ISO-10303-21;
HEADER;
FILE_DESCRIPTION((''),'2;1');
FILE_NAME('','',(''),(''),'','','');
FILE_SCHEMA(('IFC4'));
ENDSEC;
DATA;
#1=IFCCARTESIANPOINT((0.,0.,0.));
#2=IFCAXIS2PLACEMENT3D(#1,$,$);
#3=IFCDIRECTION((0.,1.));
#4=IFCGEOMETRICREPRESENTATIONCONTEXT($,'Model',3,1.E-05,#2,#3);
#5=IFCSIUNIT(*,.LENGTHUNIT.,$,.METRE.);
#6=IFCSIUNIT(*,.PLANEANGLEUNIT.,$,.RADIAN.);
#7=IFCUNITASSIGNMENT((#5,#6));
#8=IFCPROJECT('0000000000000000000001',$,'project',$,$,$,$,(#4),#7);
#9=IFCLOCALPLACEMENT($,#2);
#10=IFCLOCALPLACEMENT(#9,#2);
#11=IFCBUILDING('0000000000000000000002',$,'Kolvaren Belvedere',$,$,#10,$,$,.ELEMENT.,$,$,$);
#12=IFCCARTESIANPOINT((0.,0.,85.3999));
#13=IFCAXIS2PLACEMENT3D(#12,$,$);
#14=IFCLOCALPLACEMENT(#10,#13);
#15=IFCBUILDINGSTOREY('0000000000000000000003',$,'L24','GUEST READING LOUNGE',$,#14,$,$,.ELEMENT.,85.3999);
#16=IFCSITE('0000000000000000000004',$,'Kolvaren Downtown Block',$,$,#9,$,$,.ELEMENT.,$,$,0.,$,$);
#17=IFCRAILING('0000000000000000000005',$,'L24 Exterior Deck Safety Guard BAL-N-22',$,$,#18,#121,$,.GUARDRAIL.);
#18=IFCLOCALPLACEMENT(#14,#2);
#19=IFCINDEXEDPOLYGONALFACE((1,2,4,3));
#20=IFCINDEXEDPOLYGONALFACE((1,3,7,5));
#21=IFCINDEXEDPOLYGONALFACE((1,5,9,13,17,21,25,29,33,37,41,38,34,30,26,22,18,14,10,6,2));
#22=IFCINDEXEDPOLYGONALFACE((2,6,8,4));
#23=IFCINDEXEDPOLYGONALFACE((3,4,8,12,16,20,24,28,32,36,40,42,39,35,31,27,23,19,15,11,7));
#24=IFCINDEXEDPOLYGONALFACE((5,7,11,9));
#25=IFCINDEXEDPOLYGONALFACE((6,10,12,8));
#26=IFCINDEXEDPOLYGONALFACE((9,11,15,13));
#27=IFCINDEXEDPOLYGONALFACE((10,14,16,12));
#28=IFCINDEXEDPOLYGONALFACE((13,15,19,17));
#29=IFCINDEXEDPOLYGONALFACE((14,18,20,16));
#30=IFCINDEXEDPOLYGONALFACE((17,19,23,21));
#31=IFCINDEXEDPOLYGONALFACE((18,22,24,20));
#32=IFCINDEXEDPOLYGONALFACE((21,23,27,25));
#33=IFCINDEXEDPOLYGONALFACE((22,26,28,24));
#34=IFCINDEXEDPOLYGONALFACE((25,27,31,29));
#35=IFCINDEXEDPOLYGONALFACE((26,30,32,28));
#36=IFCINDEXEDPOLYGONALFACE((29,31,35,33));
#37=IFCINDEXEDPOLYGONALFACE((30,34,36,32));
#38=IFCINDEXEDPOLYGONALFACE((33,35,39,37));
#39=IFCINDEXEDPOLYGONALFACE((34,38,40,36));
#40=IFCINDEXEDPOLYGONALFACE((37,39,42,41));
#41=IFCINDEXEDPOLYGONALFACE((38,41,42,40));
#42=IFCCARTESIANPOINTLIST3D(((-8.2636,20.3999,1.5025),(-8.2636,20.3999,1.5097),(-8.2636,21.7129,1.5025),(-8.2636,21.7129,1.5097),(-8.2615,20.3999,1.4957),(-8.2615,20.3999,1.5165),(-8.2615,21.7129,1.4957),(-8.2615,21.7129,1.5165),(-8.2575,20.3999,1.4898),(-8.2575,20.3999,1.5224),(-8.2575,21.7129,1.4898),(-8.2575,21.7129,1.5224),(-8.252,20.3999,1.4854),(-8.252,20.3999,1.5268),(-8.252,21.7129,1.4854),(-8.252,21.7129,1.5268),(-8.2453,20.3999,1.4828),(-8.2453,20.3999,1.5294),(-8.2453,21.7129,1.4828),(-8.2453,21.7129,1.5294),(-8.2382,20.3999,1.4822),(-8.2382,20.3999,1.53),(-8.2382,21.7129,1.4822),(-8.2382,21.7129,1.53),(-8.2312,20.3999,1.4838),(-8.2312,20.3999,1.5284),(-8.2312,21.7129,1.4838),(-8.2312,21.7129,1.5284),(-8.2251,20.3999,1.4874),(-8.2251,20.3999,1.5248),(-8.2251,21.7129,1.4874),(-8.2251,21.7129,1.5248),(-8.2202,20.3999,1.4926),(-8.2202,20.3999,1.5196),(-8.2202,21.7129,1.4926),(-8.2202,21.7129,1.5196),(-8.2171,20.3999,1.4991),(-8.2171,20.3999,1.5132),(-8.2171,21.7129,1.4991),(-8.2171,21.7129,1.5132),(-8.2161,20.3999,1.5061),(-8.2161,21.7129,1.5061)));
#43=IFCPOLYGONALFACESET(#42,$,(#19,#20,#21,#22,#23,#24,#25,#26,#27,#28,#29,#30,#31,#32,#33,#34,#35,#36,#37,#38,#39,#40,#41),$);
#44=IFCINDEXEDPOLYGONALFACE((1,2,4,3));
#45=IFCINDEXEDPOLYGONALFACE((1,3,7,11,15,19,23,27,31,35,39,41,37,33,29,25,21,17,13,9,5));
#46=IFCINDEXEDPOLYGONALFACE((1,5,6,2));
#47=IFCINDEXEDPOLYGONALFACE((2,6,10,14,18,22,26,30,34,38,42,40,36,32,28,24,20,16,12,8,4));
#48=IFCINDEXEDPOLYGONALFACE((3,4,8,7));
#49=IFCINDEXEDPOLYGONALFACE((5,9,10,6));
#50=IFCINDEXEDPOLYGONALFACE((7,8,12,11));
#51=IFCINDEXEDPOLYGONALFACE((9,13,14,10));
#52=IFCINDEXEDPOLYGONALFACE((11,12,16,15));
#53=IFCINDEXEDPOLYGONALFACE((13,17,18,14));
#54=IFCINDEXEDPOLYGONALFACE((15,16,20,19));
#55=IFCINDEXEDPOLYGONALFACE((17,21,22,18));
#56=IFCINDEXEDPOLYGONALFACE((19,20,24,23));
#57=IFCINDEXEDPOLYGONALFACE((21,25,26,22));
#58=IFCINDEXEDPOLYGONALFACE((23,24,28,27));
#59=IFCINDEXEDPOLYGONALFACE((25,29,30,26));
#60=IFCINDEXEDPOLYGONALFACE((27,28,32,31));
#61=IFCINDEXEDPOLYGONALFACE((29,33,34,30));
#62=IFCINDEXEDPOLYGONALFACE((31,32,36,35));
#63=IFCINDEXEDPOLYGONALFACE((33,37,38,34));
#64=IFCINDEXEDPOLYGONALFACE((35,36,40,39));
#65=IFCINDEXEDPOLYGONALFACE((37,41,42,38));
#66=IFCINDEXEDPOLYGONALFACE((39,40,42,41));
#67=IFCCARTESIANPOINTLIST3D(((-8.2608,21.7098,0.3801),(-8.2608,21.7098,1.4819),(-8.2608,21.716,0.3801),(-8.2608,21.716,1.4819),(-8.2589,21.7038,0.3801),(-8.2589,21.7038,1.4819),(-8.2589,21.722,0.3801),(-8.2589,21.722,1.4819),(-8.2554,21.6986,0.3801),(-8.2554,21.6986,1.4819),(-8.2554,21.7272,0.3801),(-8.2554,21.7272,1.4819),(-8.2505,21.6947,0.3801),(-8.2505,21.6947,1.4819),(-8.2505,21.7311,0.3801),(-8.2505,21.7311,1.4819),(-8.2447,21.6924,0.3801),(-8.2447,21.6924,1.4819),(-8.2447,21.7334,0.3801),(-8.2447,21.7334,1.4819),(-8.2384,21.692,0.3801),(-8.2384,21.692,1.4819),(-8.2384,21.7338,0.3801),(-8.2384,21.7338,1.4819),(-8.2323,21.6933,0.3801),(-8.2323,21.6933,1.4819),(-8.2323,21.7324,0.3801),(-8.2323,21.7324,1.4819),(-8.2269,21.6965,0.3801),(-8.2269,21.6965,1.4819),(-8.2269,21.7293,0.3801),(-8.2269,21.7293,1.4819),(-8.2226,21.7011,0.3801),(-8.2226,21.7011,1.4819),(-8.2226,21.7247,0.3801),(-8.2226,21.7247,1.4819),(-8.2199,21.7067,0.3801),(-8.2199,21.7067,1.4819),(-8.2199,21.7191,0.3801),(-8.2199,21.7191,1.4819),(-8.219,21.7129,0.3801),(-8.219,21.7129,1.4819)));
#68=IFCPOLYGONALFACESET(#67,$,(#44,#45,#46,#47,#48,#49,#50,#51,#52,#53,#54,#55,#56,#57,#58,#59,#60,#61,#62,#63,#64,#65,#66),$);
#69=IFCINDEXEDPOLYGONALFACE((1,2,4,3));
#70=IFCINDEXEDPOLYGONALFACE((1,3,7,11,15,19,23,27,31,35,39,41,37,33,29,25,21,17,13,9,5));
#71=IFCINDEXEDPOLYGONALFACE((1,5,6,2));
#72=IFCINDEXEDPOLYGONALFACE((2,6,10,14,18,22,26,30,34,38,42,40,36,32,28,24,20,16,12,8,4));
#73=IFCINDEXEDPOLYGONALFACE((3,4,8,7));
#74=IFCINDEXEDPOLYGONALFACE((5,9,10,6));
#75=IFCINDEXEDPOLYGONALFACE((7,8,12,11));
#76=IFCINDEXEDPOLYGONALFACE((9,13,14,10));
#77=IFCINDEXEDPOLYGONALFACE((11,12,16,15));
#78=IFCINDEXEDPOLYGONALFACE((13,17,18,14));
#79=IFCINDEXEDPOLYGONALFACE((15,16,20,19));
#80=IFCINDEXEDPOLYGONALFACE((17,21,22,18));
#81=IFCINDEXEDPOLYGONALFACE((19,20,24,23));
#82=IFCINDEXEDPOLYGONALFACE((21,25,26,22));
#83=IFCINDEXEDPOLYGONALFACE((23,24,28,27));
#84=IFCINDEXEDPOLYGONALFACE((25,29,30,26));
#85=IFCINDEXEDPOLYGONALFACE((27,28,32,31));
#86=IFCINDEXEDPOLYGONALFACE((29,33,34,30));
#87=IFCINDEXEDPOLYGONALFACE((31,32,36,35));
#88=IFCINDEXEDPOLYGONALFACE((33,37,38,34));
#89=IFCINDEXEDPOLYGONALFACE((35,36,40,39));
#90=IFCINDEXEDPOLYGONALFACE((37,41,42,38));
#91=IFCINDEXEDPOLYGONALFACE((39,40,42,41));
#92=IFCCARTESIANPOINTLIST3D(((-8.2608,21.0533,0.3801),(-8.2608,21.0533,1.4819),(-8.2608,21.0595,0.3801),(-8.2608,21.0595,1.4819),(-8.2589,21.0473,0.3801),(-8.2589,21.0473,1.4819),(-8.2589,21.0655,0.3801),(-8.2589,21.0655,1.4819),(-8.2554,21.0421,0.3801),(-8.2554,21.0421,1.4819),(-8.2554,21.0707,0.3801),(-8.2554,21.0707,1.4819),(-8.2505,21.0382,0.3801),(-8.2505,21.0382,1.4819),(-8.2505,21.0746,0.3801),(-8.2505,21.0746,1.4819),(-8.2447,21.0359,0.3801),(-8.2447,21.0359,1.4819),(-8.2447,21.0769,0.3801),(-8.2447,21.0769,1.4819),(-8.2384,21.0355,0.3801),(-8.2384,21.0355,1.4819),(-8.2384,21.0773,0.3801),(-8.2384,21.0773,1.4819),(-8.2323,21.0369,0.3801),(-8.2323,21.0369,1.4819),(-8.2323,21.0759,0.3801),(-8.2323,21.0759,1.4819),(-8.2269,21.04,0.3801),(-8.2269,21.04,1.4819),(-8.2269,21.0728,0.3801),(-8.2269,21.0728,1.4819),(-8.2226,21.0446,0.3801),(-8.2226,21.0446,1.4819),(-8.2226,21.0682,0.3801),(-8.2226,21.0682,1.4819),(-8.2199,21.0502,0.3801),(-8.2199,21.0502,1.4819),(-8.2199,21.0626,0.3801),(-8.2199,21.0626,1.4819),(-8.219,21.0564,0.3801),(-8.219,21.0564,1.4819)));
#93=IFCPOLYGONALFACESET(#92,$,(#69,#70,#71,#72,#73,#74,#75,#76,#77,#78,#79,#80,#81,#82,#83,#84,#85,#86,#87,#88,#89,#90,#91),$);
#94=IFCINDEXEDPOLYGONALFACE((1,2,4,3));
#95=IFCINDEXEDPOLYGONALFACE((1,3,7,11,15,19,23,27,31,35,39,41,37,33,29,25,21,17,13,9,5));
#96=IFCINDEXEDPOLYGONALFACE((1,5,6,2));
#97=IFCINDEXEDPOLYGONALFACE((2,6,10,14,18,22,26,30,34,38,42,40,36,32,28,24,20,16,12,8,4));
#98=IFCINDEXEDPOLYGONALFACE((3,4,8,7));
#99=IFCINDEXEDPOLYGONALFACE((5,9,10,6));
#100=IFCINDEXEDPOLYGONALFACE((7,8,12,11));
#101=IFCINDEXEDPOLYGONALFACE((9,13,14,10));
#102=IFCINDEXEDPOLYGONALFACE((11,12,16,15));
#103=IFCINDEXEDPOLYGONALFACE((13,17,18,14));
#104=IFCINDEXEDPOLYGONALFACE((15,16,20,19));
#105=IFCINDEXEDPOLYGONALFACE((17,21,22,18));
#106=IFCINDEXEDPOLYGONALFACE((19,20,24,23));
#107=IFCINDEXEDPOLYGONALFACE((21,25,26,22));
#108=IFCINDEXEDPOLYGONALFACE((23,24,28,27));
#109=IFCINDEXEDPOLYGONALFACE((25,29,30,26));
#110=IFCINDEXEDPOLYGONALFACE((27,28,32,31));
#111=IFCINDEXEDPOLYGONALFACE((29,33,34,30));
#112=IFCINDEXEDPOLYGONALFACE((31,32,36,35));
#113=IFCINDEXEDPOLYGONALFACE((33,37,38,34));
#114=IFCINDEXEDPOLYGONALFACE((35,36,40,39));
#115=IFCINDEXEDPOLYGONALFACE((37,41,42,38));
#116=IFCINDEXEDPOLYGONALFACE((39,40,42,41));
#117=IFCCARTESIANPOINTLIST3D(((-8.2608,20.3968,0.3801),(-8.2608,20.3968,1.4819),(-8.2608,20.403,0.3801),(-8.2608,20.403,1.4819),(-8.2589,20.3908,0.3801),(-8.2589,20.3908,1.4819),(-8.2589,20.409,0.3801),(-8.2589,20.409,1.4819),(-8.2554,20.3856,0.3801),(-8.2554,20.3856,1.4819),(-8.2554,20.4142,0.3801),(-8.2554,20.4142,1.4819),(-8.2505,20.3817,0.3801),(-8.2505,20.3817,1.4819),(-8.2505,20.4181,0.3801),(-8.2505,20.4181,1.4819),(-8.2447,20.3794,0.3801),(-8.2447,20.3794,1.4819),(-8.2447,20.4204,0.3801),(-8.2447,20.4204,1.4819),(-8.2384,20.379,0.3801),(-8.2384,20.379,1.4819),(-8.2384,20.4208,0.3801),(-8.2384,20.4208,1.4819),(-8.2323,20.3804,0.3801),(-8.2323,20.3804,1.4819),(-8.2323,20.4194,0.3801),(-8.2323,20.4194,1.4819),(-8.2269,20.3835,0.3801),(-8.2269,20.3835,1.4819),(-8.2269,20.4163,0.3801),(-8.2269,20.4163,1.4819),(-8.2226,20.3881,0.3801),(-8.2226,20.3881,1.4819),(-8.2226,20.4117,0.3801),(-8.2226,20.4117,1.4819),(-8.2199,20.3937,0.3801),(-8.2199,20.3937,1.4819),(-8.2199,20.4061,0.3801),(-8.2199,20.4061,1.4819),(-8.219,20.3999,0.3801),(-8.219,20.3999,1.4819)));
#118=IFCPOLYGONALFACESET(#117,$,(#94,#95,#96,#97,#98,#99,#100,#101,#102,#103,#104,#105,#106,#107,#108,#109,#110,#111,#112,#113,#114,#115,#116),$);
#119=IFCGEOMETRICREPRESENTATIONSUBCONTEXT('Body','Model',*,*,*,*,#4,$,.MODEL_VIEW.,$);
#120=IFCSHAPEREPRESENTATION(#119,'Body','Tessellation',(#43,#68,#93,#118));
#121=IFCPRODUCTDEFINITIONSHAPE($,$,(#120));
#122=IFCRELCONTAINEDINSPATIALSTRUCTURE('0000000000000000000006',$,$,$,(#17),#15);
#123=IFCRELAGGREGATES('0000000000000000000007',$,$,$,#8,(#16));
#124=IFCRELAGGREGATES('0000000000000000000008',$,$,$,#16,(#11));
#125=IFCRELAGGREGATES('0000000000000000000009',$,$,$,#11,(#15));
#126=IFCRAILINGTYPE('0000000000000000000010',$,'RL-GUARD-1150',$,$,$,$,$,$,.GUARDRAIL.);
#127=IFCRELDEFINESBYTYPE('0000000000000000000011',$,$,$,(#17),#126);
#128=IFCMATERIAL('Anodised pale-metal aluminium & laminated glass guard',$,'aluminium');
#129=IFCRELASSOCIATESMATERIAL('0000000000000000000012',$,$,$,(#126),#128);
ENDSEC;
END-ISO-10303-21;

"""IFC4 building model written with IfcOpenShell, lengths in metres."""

from ifc_helpers import new_model, si_unit, direction, frame, origin, origin_2d, place, context, subcontext, project, spatial, circle, extrude, material, type_object, element, save


model = new_model("IFC4")

# Units and contexts
model_context = context("Model", 3, precision=1e-05, world=origin(), true_north=direction((0.0, 1.0)))
body_context = subcontext(model_context, "Body", "Model", "MODEL_VIEW")
ifc_project = project(units=[si_unit("LENGTHUNIT", "METRE"), si_unit("PLANEANGLEUNIT", "RADIAN")], contexts=[model_context])

# Site, building, storey
site_placement = place(None, origin())
site = spatial("IfcSite", under=ifc_project, at=site_placement, Name="Kolvaren Downtown Block", CompositionType="ELEMENT", RefElevation=0.0)
building_placement = place(site_placement, origin())
building = spatial("IfcBuilding", under=site, at=building_placement, Name="Kolvaren Belvedere", CompositionType="ELEMENT")
storey_placement = place(building_placement, frame((0.0, 0.0, 85.3999)))
storey = spatial("IfcBuildingStorey", under=building, at=storey_placement, Name="L24", Description="GUEST READING LOUNGE", CompositionType="ELEMENT", Elevation=85.3999)

# Railing
ifc_material_1 = material(Name="Anodised pale-metal aluminium & laminated glass guard", Category="aluminium")
railing_type = type_object("IfcRailingType", Name="RL-GUARD-1150", PredefinedType="GUARDRAIL", material=ifc_material_1)
railing_1_placement = place(storey_placement, frame((-8.24, 21.7129, 0.3801)))
element("IfcRailing", 1, at=railing_1_placement, inside=storey, type_object=railing_type, Name="L24 Exterior Deck Safety Guard BAL-N-22", PredefinedType="GUARDRAIL", context=body_context, shape_type="SweptSolid", body=[
    extrude(circle(Radius=0.0239, at=origin_2d()), frame((0.0, 0.0, 1.126), z_axis=(0.0, -1.0, 0.0), x_axis=(1.0, 0.0, 0.0)), (0.0, 0.0, 1.0), 1.313),
    extrude(circle(Radius=0.021, at=origin_2d()), origin(), (0.0, 0.0, 1.0), 1.1018),
    extrude(circle(Radius=0.021, at=origin_2d()), frame((0.0, -0.6565, 0.0)), (0.0, 0.0, 1.0), 1.1018),
    extrude(circle(Radius=0.021, at=origin_2d()), frame((0.0, -1.313, 0.0)), (0.0, 0.0, 1.0), 1.1018),
])

save(model, "model.ifc")
